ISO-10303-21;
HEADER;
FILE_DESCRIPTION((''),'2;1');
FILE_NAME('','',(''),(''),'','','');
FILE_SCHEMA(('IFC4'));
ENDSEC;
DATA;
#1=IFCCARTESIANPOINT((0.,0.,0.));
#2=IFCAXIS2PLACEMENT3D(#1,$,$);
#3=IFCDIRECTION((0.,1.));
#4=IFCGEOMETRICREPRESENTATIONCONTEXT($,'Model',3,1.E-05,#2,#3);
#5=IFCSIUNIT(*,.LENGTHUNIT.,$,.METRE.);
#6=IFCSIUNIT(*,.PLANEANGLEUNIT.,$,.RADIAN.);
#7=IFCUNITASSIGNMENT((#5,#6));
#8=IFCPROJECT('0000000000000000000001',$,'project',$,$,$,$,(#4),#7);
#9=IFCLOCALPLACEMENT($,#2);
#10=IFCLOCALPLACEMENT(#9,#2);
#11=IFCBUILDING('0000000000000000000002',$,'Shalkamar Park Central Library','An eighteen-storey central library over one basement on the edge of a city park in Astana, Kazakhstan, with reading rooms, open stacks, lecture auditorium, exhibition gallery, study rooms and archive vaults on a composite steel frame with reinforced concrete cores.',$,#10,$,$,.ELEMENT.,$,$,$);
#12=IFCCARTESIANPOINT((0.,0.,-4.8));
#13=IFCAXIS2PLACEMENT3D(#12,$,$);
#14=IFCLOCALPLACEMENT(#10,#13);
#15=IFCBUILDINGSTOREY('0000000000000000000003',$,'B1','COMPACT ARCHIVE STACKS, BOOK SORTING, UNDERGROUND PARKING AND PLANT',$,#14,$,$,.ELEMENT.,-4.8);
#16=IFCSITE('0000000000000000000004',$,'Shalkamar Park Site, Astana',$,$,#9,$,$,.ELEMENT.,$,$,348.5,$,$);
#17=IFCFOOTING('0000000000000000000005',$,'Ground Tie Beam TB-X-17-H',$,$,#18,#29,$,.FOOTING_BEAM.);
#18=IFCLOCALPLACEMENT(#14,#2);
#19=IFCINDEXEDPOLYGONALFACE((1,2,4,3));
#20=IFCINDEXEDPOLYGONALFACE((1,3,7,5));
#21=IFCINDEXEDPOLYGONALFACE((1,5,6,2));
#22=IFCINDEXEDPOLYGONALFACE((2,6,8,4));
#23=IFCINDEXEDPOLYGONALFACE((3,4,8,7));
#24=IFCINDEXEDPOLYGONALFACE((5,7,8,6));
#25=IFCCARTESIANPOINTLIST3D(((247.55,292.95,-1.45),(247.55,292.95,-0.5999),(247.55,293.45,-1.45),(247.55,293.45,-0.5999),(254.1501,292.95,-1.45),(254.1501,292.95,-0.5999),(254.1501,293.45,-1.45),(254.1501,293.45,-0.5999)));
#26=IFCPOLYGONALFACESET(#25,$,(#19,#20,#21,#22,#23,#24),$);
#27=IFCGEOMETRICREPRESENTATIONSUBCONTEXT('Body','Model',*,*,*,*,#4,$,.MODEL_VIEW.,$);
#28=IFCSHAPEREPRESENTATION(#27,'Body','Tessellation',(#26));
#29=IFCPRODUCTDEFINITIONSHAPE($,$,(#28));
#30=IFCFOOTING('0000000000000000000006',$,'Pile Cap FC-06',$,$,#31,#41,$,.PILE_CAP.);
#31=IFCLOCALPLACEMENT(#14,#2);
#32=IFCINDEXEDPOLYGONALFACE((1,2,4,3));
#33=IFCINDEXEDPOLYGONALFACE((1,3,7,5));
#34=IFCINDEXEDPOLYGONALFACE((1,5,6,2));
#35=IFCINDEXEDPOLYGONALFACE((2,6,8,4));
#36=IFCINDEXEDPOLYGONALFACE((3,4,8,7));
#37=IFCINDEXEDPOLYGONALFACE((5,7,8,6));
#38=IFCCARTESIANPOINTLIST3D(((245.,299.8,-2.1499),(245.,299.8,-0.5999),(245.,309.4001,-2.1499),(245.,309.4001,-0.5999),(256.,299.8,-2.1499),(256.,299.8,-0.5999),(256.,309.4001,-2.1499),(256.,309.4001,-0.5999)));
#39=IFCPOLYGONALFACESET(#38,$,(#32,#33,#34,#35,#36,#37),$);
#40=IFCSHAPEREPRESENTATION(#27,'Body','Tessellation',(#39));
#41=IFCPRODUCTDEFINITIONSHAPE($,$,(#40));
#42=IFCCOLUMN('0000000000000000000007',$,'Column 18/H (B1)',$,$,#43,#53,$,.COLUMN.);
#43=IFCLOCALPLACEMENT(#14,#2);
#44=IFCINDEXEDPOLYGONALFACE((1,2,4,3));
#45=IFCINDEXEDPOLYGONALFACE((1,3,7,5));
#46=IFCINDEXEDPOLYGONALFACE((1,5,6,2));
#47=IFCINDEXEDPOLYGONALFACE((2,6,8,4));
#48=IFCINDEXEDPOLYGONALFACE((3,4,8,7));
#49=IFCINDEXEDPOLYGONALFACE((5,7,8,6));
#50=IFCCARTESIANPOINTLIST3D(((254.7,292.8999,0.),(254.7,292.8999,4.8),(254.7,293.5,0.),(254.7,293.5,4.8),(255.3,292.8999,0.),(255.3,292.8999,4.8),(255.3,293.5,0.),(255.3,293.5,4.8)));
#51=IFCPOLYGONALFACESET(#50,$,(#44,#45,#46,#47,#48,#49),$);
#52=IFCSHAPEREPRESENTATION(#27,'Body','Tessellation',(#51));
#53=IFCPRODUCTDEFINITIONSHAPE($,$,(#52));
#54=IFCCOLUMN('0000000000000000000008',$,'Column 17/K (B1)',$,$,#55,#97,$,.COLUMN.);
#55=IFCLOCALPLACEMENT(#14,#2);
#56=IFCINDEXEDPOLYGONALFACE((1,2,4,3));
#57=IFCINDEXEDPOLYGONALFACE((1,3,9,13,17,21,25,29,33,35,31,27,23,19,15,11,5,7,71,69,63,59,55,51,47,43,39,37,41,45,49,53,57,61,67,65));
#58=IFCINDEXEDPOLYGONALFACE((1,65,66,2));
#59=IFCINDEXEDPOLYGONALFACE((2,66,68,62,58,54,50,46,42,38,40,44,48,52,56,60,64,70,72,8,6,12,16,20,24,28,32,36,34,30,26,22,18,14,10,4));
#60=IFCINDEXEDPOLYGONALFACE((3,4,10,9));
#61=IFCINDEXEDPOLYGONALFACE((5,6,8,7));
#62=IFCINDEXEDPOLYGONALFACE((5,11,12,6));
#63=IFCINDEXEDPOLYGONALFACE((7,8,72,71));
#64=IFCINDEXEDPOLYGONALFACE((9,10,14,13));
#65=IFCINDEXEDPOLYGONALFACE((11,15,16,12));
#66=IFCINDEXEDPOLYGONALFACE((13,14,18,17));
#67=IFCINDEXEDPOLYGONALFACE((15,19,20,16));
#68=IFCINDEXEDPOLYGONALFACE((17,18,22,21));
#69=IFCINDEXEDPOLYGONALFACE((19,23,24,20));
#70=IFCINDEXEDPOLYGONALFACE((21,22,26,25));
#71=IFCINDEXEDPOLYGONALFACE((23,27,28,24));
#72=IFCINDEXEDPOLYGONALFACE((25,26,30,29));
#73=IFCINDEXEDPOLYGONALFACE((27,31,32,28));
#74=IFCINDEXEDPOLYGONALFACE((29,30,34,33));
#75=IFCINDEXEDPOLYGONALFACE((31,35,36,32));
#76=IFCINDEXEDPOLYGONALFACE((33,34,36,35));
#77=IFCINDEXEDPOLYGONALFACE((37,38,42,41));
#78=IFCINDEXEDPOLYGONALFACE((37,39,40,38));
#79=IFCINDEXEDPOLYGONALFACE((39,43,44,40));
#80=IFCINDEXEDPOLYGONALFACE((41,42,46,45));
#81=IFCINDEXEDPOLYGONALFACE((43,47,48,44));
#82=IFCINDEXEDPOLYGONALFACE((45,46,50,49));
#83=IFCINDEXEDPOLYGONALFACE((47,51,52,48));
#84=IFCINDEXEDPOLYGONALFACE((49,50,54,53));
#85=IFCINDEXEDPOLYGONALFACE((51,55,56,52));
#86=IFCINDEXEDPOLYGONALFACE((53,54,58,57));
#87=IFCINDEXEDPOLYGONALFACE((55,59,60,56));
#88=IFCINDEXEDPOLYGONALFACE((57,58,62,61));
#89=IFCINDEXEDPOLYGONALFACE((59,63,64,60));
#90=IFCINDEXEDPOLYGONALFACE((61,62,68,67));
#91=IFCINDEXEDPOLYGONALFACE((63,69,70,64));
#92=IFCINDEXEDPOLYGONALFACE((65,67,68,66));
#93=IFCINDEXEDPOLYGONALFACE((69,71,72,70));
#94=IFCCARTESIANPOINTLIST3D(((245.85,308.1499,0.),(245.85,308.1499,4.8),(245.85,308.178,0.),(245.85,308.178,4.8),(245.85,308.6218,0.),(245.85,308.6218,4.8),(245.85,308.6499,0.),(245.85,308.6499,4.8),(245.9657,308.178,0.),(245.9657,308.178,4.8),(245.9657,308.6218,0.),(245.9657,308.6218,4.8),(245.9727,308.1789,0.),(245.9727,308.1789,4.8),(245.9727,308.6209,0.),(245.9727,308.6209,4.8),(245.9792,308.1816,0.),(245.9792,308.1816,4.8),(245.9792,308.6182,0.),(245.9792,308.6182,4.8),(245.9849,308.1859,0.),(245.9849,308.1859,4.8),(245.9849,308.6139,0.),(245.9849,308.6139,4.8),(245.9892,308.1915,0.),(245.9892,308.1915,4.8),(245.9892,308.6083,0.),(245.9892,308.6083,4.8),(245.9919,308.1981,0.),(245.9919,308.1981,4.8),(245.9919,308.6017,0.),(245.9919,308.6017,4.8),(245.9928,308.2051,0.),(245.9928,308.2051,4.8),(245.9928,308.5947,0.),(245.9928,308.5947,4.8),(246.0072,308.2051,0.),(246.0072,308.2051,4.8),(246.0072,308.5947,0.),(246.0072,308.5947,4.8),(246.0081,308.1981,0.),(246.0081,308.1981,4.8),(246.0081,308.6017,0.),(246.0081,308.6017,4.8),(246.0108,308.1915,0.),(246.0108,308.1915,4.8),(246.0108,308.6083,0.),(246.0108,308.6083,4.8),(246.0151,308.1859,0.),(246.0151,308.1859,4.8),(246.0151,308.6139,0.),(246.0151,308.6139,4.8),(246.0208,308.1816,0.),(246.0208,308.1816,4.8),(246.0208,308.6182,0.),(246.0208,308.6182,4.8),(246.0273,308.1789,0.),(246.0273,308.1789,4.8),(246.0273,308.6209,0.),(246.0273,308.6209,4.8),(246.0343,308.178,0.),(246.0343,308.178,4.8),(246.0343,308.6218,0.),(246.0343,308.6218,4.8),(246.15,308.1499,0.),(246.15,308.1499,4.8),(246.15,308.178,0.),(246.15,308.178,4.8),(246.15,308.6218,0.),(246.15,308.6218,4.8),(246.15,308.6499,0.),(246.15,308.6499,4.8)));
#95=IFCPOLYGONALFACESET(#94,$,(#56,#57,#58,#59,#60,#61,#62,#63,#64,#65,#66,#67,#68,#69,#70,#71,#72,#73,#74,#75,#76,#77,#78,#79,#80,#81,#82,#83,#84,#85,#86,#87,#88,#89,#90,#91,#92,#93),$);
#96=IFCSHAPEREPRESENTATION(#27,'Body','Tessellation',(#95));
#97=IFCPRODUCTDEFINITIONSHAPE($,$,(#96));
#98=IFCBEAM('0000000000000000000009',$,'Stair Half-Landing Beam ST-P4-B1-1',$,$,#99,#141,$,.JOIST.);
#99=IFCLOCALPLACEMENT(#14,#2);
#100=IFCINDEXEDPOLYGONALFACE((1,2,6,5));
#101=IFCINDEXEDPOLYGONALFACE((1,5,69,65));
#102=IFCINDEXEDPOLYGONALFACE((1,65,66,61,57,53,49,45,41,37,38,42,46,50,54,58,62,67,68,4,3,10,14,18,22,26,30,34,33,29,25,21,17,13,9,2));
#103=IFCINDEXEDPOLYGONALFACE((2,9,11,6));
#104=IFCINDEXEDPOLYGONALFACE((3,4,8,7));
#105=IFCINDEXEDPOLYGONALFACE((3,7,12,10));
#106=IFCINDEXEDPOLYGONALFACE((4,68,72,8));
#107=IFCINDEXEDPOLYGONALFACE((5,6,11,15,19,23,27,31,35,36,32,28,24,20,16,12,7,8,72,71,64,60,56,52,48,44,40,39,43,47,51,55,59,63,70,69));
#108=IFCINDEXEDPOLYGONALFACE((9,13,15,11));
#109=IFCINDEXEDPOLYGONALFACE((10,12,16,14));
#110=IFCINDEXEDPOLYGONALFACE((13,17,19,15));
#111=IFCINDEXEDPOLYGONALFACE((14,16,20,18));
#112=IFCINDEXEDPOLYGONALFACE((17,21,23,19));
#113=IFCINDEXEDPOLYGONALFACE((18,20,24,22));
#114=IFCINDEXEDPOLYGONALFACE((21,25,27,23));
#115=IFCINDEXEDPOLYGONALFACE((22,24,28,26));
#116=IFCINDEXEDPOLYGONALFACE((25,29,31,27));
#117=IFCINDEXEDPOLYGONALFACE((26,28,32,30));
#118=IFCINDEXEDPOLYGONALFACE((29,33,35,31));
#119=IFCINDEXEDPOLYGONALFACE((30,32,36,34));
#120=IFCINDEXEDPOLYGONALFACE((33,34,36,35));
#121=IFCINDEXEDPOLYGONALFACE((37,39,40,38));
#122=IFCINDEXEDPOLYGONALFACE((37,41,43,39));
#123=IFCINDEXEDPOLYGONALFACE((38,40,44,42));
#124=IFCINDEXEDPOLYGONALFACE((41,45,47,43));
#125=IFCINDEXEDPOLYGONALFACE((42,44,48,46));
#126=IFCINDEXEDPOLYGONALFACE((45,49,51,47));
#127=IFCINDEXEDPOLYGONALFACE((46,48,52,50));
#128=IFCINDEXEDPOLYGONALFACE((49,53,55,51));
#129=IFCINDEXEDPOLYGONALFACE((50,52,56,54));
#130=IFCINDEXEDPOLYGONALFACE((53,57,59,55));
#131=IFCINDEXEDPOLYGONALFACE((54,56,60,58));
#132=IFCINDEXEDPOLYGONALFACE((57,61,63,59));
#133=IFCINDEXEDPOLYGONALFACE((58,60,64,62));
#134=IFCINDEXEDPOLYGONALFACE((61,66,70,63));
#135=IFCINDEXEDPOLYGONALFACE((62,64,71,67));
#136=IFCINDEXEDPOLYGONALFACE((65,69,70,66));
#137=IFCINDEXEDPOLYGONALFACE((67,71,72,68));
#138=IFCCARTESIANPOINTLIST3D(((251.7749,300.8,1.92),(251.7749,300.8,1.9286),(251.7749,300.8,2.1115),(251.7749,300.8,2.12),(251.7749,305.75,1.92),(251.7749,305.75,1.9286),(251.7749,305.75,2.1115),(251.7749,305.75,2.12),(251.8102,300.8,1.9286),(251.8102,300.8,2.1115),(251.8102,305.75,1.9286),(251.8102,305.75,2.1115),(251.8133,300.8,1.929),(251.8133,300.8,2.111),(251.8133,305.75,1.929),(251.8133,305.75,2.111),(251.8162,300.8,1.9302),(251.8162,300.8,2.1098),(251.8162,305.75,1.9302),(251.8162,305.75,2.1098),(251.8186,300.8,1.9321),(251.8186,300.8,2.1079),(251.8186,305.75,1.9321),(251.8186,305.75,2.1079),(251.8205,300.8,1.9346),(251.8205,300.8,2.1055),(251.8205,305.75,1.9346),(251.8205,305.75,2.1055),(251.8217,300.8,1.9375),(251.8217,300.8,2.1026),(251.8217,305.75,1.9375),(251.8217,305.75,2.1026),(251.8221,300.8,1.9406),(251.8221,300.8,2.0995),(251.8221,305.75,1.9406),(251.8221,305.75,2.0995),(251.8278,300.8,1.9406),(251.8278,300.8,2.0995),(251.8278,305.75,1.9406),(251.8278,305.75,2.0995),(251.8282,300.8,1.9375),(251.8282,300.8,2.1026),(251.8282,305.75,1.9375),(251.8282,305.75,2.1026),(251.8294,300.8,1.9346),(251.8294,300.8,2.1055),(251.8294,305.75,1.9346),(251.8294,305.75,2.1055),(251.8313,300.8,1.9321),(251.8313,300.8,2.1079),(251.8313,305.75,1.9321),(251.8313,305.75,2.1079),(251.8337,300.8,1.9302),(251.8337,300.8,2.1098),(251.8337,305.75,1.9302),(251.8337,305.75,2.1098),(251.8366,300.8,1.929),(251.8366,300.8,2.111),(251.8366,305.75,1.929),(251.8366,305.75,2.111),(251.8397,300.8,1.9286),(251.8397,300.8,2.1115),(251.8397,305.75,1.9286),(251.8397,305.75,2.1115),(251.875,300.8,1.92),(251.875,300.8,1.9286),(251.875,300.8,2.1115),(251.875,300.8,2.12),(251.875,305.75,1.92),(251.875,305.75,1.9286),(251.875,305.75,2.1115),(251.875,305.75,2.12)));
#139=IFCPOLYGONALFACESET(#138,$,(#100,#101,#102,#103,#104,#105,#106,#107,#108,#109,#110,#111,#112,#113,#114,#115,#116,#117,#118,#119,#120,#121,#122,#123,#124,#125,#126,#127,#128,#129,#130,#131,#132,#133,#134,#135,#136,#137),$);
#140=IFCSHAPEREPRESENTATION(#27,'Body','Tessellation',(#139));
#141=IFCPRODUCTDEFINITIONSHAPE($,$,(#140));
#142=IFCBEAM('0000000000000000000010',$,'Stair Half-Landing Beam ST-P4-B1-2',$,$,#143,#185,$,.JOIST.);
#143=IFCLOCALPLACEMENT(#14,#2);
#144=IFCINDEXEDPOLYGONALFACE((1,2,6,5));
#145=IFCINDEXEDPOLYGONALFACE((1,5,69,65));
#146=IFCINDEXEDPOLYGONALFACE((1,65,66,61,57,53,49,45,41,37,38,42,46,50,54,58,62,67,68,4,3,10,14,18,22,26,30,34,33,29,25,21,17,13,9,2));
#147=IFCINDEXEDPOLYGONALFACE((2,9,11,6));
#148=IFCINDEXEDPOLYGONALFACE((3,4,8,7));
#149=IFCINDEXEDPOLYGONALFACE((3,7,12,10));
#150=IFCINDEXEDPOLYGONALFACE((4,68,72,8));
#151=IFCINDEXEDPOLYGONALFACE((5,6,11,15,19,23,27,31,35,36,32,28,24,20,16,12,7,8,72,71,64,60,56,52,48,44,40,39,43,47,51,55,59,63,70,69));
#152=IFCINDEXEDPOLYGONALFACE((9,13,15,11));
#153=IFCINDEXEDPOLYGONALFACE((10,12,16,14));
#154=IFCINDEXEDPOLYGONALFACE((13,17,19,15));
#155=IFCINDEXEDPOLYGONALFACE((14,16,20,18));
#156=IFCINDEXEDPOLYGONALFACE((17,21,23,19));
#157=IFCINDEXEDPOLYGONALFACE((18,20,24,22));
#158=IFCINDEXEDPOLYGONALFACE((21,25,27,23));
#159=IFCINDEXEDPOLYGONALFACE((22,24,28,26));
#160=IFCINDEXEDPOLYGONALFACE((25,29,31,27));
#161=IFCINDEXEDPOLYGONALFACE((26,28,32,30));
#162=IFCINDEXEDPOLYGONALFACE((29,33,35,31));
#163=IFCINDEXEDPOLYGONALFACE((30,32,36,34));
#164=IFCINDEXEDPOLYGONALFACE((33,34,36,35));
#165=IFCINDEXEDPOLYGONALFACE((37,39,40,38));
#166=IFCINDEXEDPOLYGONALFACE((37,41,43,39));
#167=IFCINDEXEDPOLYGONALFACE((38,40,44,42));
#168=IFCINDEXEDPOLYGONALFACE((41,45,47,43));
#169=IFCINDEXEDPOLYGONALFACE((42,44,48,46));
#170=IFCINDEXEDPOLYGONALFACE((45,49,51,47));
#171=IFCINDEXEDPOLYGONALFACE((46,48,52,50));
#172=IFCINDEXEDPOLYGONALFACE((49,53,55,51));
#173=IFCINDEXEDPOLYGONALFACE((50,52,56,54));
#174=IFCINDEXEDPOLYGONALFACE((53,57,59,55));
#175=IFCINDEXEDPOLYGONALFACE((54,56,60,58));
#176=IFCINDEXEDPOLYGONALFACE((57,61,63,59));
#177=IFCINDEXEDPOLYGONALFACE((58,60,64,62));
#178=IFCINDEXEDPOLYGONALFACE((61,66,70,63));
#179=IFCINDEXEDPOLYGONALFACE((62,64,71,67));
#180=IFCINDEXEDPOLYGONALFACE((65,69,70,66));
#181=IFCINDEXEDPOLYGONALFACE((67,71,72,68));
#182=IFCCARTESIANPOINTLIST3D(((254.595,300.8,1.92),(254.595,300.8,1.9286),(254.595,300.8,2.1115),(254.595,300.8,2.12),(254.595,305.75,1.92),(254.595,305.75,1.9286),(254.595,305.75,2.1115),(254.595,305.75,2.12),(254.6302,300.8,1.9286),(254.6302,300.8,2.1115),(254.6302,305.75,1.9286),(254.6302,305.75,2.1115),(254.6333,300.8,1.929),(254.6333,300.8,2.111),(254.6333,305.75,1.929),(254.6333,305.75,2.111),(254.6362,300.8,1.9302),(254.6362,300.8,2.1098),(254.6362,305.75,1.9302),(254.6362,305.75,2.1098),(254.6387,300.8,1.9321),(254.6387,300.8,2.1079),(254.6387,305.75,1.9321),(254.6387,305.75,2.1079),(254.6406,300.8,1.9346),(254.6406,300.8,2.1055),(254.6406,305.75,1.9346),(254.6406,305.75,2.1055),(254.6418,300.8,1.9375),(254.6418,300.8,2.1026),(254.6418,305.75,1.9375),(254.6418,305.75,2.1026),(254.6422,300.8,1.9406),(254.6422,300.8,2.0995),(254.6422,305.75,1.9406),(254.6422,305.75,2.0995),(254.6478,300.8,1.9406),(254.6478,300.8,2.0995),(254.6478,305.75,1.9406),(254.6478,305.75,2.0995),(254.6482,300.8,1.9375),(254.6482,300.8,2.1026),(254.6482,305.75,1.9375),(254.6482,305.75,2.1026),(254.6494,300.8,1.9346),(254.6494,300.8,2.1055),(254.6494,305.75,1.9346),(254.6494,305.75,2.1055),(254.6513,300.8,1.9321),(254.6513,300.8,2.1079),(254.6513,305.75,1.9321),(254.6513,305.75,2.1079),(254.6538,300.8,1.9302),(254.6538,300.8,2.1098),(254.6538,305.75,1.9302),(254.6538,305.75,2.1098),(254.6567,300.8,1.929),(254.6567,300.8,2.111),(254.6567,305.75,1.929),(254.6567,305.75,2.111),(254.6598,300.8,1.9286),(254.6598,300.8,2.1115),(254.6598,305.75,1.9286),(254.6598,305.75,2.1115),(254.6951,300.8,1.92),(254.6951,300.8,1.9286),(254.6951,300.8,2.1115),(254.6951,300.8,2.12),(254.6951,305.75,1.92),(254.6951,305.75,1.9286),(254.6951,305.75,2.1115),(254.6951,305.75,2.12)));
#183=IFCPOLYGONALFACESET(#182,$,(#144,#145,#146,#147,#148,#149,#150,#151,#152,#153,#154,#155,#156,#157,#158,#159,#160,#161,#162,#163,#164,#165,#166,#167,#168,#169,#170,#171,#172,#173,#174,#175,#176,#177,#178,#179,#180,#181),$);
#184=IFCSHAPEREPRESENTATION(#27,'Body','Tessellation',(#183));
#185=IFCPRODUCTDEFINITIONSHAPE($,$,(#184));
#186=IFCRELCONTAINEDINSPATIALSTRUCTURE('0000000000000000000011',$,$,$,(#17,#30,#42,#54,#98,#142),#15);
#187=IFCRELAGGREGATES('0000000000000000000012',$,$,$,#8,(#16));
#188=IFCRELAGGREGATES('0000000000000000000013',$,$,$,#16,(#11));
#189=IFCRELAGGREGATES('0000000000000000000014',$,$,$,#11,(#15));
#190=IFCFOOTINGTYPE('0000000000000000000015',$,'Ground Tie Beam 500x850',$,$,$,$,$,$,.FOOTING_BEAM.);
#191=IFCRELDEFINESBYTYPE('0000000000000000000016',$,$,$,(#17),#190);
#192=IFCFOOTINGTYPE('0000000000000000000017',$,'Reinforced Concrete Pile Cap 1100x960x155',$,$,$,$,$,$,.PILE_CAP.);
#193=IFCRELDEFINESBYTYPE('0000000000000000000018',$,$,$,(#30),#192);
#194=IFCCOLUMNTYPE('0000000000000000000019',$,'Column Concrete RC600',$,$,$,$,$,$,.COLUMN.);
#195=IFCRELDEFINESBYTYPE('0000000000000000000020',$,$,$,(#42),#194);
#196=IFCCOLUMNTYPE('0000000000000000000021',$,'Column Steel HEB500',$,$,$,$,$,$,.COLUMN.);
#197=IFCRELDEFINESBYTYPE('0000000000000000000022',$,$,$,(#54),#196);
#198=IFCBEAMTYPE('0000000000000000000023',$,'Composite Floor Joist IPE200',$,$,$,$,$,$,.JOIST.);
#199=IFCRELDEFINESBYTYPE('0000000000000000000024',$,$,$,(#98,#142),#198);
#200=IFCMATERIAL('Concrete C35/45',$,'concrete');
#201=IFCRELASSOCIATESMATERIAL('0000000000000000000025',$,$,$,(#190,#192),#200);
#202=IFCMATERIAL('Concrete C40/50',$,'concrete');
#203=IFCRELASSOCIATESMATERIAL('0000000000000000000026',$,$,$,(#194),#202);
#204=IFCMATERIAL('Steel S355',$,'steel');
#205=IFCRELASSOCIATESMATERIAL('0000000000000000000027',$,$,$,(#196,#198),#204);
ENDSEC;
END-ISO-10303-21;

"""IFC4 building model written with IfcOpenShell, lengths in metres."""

from ifc_helpers import new_model, si_unit, direction, frame, origin, origin_2d, place, context, subcontext, project, spatial, rectangle, i_section, extrude, material, material_profile, profile_set, type_object, element, save


model = new_model("IFC4")

# Units and contexts
model_context = context("Model", 3, precision=1e-05, world=origin(), true_north=direction((0.0, 1.0)))
body_context = subcontext(model_context, "Body", "Model", "MODEL_VIEW")
ifc_project = project(units=[si_unit("LENGTHUNIT", "METRE"), si_unit("PLANEANGLEUNIT", "RADIAN")], contexts=[model_context])

# Site, building, storey
site_placement = place(None, origin())
site = spatial("IfcSite", under=ifc_project, at=site_placement, Name="Shalkamar Park Site, Astana", CompositionType="ELEMENT", RefElevation=348.5)
building_placement = place(site_placement, origin())
building = spatial("IfcBuilding", under=site, at=building_placement, Name="Shalkamar Park Central Library", Description="An eighteen-storey central library over one basement on the edge of a city park in Astana, Kazakhstan, with reading rooms, open stacks, lecture auditorium, exhibition gallery, study rooms and archive vaults on a composite steel frame with reinforced concrete cores.", CompositionType="ELEMENT")
storey_placement = place(building_placement, frame((0.0, 0.0, -4.8)))
storey = spatial("IfcBuildingStorey", under=building, at=storey_placement, Name="B1", Description="COMPACT ARCHIVE STACKS, BOOK SORTING, UNDERGROUND PARKING AND PLANT", CompositionType="ELEMENT", Elevation=-4.8)

# Footings
ifc_material_1 = material(Name="Concrete C35/45", Category="concrete")
footing_type_1 = type_object("IfcFootingType", Name="Ground Tie Beam 500x850", PredefinedType="FOOTING_BEAM", material=ifc_material_1)
footing_1_placement = place(storey_placement, frame((250.8501, 293.2, -1.45), z_axis=(0.0, 0.0, 1.0), x_axis=(1.0, 0.0, 0.0)))
element("IfcFooting", 1, at=footing_1_placement, inside=storey, type_object=footing_type_1, Name="Ground Tie Beam TB-X-17-H", PredefinedType="FOOTING_BEAM", context=body_context, shape_type="SweptSolid", body=[
    extrude(rectangle(XDim=6.6001, YDim=0.5, at=origin_2d()), origin(), (0.0, 0.0, 1.0), 0.8501),
])
footing_type_2 = type_object("IfcFootingType", Name="Reinforced Concrete Pile Cap 1100x960x155", PredefinedType="PILE_CAP", material=ifc_material_1)
footing_2_placement = place(storey_placement, frame((250.5, 304.6001, -2.1499), z_axis=(0.0, 0.0, 1.0), x_axis=(1.0, 0.0, 0.0)))
element("IfcFooting", 2, at=footing_2_placement, inside=storey, type_object=footing_type_2, Name="Pile Cap FC-06", PredefinedType="PILE_CAP", context=body_context, shape_type="SweptSolid", body=[
    extrude(rectangle(XDim=11.0, YDim=9.6001, at=origin_2d()), origin(), (0.0, 0.0, 1.0), 1.55),
])

# Columns
ifc_material_2 = material(Name="Concrete C40/50", Category="concrete")
ifc_material_profile_1 = material_profile(ifc_material_2, rectangle(XDim=0.6001, YDim=0.6001, at=origin_2d()), Name="RC 600x600")
ifc_profile_set_1 = profile_set([ifc_material_profile_1], Name="Concrete C40/50")
column_type_1 = type_object("IfcColumnType", Name="Column Concrete RC600", PredefinedType="COLUMN", material=ifc_profile_set_1)
column_1_placement = place(storey_placement, frame((255.0, 293.2, 0.0), z_axis=(0.0, 0.0, 1.0), x_axis=(1.0, 0.0, 0.0)))
element("IfcColumn", 3, at=column_1_placement, inside=storey, type_object=column_type_1, Name="Column 18/H (B1)", PredefinedType="COLUMN", context=body_context, shape_type="SweptSolid", body=[
    extrude(rectangle(XDim=0.6001, YDim=0.6001, at=origin_2d()), origin(), (0.0, 0.0, 1.0), 4.8),
])
ifc_material_3 = material(Name="Steel S355", Category="steel")
ifc_material_profile_2 = material_profile(ifc_material_3, i_section(OverallWidth=0.3, OverallDepth=0.5, WebThickness=0.0144, FlangeThickness=0.0281, FilletRadius=0.0271, at=origin_2d()), Name="HEB 500")
ifc_profile_set_2 = profile_set([ifc_material_profile_2], Name="Steel S355")
column_type_2 = type_object("IfcColumnType", Name="Column Steel HEB500", PredefinedType="COLUMN", material=ifc_profile_set_2)
column_2_placement = place(storey_placement, frame((246.0, 308.3999, 0.0), z_axis=(0.0, 0.0, 1.0), x_axis=(1.0, 0.0, 0.0)))
element("IfcColumn", 4, at=column_2_placement, inside=storey, type_object=column_type_2, Name="Column 17/K (B1)", PredefinedType="COLUMN", context=body_context, shape_type="SweptSolid", body=[
    extrude(i_section(OverallWidth=0.3, OverallDepth=0.5, WebThickness=0.0144, FlangeThickness=0.0281, FilletRadius=0.0271, at=origin_2d()), origin(), (0.0, 0.0, 1.0), 4.8),
])

# Beams
ifc_material_profile_3 = material_profile(ifc_material_3, i_section(OverallWidth=0.1001, OverallDepth=0.2, WebThickness=0.0056, FlangeThickness=0.0085, FilletRadius=0.012, at=origin_2d()), Name="IPE 200")
ifc_profile_set_3 = profile_set([ifc_material_profile_3], Name="Steel S355")
beam_type_1 = type_object("IfcBeamType", Name="Composite Floor Joist IPE200", PredefinedType="JOIST", material=ifc_profile_set_3)
for number, where, z_axis, x_axis, name in (
    (5, (251.825, 300.8, 2.02), (0.0, 1.0, 0.0), (-1.0, 0.0, 0.0), "Stair Half-Landing Beam ST-P4-B1-1"),
    (6, (254.645, 300.8, 2.02), (0.0, 1.0, 0.0), (-1.0, 0.0, 0.0), "Stair Half-Landing Beam ST-P4-B1-2"),
):
    element("IfcBeam", number, at=place(storey_placement, frame(where, z_axis=z_axis, x_axis=x_axis)), inside=storey, type_object=beam_type_1, Name=name, PredefinedType="JOIST", context=body_context, shape_type="SweptSolid", body=[
        extrude(i_section(OverallWidth=0.1001, OverallDepth=0.2, WebThickness=0.0056, FlangeThickness=0.0085, FilletRadius=0.012, at=origin_2d()), origin(), (0.0, 0.0, 1.0), 4.95),
    ])

save(model, "model.ifc")
